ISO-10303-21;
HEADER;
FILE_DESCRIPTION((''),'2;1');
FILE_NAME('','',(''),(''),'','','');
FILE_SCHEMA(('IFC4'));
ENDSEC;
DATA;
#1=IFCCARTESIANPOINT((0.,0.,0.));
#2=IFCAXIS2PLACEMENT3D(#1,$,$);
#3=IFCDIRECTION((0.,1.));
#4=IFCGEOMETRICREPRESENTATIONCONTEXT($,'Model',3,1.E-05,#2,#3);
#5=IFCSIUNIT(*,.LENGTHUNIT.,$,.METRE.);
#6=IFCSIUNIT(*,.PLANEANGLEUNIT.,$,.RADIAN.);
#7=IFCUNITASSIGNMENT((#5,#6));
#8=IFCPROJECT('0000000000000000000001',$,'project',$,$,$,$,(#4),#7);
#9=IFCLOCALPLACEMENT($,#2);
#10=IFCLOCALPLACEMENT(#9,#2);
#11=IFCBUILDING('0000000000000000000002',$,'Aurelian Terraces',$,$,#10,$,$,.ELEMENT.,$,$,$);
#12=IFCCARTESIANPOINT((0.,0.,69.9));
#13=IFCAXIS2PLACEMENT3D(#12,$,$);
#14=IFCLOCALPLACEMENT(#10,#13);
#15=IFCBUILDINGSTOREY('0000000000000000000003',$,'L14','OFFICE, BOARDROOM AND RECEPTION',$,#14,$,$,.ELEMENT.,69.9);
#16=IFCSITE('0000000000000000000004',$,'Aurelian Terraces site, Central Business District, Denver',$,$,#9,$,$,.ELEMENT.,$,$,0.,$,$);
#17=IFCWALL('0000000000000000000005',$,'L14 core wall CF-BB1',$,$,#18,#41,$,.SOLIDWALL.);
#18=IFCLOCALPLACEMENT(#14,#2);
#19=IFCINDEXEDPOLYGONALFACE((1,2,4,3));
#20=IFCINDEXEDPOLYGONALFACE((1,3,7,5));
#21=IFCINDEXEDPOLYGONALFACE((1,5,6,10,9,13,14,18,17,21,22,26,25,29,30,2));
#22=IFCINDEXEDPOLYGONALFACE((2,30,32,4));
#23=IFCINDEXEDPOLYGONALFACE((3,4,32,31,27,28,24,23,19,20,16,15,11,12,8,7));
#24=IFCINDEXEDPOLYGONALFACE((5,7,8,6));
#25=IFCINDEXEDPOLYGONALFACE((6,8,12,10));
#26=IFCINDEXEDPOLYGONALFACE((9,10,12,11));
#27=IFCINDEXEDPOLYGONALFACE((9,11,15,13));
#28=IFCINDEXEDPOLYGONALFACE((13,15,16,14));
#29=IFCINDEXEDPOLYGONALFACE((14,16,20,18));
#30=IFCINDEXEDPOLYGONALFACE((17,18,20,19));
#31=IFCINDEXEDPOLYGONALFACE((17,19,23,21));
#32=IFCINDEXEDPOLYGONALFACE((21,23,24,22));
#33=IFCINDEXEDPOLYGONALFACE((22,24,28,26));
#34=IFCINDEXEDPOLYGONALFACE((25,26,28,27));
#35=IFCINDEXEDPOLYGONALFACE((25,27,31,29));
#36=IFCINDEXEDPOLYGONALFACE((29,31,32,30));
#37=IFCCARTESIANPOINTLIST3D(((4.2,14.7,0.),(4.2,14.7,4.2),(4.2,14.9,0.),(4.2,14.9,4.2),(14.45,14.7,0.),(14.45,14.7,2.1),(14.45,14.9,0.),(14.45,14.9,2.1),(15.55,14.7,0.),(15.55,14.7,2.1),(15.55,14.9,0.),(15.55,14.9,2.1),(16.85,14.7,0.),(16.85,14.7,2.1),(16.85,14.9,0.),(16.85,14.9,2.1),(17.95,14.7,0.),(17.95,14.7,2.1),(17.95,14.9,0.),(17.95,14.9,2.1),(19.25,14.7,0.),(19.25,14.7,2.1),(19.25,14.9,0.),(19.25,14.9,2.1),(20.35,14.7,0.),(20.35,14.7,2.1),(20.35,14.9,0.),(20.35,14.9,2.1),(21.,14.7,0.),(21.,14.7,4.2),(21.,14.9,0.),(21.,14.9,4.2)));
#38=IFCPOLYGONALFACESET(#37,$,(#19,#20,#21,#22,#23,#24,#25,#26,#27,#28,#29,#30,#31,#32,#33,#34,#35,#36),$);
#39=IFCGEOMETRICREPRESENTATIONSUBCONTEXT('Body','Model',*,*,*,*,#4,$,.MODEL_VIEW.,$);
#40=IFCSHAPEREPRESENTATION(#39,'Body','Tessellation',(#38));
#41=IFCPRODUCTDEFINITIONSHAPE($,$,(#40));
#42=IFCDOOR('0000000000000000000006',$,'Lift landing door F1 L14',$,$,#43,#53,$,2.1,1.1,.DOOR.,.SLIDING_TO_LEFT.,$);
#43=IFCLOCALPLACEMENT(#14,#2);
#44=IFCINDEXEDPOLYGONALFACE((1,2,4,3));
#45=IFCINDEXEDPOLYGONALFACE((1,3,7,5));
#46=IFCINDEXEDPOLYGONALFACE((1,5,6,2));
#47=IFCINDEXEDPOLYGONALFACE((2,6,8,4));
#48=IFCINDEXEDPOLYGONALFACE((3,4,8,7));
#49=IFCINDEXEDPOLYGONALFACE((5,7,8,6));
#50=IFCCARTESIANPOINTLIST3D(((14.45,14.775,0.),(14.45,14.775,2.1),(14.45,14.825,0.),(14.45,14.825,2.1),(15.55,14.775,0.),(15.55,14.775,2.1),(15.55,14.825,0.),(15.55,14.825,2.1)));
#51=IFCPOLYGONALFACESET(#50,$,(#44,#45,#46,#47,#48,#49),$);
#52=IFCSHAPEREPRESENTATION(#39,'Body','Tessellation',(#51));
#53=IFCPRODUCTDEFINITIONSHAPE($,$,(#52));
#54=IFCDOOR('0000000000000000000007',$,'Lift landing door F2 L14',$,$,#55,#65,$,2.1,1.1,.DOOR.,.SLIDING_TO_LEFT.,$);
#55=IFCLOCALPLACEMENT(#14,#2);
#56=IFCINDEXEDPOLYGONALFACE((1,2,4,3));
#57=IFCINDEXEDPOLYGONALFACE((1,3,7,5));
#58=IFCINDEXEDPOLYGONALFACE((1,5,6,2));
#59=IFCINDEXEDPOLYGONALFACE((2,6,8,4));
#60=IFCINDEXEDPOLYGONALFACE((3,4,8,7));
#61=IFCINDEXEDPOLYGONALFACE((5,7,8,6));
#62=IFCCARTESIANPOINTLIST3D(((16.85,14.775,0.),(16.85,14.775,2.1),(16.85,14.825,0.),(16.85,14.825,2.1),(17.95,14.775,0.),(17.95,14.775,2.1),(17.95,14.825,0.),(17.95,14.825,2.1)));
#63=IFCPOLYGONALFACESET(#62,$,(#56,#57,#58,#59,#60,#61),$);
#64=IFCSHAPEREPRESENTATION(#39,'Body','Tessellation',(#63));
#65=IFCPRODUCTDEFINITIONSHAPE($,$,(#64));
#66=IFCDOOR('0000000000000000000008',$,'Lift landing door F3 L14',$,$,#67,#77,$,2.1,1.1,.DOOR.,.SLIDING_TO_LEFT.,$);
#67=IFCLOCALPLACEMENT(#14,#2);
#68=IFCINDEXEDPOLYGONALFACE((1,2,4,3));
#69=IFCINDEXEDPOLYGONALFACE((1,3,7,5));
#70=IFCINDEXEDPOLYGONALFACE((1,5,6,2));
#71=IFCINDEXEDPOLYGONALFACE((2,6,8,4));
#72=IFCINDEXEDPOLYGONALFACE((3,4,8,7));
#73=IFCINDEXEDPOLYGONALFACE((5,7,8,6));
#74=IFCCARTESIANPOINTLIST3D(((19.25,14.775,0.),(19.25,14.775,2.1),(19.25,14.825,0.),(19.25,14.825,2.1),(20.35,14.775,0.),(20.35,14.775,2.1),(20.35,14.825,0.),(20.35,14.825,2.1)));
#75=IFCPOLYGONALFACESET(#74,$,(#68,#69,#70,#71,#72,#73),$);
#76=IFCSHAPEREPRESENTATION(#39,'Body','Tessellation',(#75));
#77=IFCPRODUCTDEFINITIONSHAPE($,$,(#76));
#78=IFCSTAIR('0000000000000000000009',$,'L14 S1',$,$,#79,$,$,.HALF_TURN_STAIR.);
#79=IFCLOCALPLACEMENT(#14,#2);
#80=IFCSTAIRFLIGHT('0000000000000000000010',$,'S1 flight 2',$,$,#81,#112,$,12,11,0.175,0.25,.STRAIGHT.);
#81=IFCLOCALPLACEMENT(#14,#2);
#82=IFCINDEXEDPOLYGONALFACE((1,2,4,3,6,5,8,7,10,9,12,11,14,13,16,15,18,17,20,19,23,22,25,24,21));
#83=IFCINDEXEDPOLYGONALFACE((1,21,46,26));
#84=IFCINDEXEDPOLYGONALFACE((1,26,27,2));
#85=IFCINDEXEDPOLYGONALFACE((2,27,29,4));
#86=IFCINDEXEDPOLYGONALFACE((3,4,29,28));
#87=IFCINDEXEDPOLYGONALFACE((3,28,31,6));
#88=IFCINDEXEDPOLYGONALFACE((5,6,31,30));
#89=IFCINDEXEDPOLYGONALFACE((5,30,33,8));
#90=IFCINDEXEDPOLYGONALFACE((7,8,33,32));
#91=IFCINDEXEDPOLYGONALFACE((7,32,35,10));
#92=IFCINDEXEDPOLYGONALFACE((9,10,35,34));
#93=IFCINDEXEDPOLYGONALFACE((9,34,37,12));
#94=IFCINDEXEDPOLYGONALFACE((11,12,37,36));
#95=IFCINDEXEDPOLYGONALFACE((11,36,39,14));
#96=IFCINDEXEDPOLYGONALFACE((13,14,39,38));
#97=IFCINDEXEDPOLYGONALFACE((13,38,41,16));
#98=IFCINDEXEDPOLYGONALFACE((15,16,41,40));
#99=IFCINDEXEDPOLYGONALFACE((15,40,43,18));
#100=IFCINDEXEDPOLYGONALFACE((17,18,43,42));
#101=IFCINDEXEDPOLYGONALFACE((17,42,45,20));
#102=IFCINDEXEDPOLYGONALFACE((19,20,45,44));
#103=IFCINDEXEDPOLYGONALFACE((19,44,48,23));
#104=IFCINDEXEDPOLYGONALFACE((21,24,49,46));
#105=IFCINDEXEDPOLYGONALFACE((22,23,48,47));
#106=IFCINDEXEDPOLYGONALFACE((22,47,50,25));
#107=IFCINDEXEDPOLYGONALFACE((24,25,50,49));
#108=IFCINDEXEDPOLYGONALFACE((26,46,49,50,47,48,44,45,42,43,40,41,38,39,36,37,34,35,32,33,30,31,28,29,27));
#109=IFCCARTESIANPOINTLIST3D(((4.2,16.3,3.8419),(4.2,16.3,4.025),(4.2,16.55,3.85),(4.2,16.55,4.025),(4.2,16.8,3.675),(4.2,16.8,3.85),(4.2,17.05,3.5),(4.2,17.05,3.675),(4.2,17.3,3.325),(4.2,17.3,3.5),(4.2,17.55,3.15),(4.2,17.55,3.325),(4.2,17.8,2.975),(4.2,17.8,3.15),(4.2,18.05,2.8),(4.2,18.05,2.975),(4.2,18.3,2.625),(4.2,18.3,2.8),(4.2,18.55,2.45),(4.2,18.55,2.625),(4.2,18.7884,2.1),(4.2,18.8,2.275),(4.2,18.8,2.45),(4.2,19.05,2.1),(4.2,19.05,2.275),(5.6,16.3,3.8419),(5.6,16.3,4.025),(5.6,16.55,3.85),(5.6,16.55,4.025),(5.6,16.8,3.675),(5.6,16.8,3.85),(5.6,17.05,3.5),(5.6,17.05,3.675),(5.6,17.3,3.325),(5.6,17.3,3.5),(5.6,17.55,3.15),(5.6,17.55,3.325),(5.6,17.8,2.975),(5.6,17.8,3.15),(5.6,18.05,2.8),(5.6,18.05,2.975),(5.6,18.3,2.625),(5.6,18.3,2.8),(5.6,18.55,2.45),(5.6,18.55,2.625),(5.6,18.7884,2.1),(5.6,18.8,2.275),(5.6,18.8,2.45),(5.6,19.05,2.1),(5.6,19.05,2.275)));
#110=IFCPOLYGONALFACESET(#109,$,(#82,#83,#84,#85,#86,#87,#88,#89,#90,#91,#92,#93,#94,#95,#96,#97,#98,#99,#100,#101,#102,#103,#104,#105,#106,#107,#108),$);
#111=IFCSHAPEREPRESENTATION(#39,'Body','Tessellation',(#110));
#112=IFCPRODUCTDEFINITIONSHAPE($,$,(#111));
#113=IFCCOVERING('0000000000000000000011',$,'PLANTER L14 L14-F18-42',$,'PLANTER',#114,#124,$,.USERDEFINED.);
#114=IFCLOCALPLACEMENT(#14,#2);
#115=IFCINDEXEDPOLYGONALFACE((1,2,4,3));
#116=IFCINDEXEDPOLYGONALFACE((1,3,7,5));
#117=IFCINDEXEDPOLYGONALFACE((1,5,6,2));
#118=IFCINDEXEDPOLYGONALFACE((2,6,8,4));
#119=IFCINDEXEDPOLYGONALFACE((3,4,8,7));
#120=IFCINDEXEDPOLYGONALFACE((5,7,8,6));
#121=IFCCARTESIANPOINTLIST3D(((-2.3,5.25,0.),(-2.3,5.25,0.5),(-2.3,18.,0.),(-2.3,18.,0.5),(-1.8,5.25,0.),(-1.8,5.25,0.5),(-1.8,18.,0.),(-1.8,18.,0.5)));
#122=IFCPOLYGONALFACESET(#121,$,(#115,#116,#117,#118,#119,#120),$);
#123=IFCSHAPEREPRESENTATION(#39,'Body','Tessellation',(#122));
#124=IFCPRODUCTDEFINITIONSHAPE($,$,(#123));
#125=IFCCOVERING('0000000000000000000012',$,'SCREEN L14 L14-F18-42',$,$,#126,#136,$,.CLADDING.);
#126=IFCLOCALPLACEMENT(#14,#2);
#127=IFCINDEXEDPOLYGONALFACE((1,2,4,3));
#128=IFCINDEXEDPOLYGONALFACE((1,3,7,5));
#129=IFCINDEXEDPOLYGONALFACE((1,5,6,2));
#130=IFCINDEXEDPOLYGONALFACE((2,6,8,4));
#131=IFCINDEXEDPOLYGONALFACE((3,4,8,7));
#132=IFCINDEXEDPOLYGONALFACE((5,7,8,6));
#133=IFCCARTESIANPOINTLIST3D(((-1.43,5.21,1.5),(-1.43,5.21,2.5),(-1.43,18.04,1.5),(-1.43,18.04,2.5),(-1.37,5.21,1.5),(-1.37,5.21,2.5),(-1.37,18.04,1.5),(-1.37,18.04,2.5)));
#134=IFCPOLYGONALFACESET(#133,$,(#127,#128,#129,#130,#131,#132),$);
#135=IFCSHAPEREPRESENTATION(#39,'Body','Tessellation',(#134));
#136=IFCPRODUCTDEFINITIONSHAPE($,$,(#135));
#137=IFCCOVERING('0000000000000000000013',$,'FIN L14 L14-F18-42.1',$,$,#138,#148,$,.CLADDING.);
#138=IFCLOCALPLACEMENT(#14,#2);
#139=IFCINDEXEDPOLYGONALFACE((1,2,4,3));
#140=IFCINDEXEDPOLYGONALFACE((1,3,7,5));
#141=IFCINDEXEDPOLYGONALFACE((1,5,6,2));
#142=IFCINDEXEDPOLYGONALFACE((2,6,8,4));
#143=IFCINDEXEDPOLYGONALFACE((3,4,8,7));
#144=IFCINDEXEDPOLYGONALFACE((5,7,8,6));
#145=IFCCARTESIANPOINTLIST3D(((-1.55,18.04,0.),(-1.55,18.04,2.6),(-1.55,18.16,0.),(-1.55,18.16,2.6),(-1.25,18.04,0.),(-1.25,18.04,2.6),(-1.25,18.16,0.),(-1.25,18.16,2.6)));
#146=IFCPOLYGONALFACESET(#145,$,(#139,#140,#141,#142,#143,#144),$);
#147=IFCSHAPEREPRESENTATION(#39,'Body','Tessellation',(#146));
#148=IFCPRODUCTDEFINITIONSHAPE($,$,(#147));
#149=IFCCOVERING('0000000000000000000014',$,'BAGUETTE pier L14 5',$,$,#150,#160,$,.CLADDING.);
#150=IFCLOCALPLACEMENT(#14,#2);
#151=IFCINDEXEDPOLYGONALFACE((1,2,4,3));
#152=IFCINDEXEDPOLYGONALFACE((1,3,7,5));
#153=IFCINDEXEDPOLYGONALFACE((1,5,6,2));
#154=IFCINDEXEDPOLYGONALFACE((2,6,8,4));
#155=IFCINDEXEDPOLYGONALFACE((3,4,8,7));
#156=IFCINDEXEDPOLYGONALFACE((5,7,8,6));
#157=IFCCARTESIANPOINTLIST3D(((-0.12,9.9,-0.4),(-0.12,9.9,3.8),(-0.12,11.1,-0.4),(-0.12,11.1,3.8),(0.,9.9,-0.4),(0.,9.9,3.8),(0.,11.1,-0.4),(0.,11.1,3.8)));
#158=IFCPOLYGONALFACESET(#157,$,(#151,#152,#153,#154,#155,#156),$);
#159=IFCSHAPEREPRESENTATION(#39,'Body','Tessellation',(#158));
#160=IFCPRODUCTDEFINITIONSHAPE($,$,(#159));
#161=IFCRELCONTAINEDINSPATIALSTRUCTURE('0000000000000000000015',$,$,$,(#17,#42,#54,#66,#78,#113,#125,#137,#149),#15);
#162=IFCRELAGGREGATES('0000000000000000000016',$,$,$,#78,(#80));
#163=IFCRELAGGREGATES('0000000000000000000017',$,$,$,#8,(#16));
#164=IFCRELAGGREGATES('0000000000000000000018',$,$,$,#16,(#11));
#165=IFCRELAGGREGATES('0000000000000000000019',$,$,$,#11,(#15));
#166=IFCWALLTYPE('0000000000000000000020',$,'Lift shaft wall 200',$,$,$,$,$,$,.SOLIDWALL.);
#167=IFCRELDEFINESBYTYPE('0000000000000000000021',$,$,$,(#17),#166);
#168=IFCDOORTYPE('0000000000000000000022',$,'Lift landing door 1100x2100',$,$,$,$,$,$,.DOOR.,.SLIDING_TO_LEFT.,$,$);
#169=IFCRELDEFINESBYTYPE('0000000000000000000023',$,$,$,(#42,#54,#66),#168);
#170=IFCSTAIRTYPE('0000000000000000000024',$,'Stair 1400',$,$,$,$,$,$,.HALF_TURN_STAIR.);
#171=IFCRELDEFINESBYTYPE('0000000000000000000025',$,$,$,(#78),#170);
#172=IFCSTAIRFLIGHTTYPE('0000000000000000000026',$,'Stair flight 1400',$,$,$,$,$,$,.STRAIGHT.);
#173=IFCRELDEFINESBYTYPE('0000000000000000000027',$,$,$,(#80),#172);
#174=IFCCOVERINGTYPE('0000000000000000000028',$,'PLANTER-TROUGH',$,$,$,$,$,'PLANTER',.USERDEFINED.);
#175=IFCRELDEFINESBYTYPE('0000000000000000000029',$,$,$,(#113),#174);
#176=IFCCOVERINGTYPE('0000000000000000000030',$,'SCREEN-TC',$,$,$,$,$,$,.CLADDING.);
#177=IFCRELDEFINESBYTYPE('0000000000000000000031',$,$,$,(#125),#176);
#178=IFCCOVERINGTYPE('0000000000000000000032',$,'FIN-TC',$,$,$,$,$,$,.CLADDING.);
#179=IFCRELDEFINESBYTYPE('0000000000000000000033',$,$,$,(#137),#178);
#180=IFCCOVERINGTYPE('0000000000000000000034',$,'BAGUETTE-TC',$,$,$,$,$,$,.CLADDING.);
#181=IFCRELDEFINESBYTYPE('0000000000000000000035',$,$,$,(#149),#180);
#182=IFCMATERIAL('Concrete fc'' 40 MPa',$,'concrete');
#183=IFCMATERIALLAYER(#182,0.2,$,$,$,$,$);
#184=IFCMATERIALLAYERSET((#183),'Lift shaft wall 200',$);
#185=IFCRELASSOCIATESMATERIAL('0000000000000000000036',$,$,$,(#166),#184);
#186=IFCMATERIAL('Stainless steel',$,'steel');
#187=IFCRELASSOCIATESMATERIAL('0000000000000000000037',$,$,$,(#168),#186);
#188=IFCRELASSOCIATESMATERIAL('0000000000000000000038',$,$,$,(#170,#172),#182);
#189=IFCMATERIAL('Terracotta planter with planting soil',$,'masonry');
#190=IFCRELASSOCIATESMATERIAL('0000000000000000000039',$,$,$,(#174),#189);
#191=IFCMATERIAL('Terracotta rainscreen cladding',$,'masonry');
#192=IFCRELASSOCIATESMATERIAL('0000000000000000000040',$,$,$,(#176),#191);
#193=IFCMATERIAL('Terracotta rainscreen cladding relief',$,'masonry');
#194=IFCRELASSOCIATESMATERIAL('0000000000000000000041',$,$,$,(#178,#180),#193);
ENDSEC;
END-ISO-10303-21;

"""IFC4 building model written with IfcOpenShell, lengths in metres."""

from ifc_helpers import new_model, si_unit, direction, frame, frame_2d, origin, origin_2d, place, context, subcontext, project, spatial, polyline, rectangle, outline, extrude, source, transform, mapped, material, layer, layer_set, type_object, element, fill, aggregate, save


model = new_model("IFC4")

# Units and contexts
model_context = context("Model", 3, precision=1e-05, world=origin(), true_north=direction((0.0, 1.0)))
body_context = subcontext(model_context, "Body", "Model", "MODEL_VIEW")
ifc_project = project(units=[si_unit("LENGTHUNIT", "METRE"), si_unit("PLANEANGLEUNIT", "RADIAN")], contexts=[model_context])

# Site, building, storey
site_placement = place(None, origin())
site = spatial("IfcSite", under=ifc_project, at=site_placement, Name="Aurelian Terraces site, Central Business District, Denver", CompositionType="ELEMENT", RefElevation=0.0)
building_placement = place(site_placement, origin())
building = spatial("IfcBuilding", under=site, at=building_placement, Name="Aurelian Terraces", CompositionType="ELEMENT")
storey_placement = place(building_placement, frame((0.0, 0.0, 69.9)))
storey = spatial("IfcBuildingStorey", under=building, at=storey_placement, Name="L14", Description="OFFICE, BOARDROOM AND RECEPTION", CompositionType="ELEMENT", Elevation=69.9)

# Shared definitions
ifc_material_1 = material(Name="Terracotta rainscreen cladding", Category="masonry")

# Wall, openings, doors
ifc_material_2 = material(Name="Concrete fc' 40 MPa", Category="concrete")
ifc_layer_1 = layer(ifc_material_2, 0.2)
ifc_layer_set_1 = layer_set([ifc_layer_1], Name="Lift shaft wall 200")
wall_type_1 = type_object("IfcWallType", Name="Lift shaft wall 200", PredefinedType="SOLIDWALL", material=ifc_layer_set_1)
shared_shape_1 = source(origin(), body_context, "Body", "SweptSolid", [
    extrude(rectangle(XDim=16.8, YDim=0.2, at=frame_2d((8.4, 0.0))), origin(), (0.0, 0.0, 1.0), 4.2),
])
shared_shape_2 = source(origin(), body_context, "Body", "SweptSolid", [
    extrude(rectangle(XDim=1.1, YDim=2.1, at=frame_2d((0.55, 1.05))), frame((0.0, 0.11, 0.0), z_axis=(0.0, -1.0, 0.0), x_axis=(1.0, 0.0, 0.0)), (0.0, 0.0, 1.0), 0.22),
])
ifc_material_3 = material(Name="Stainless steel", Category="steel")
door_type_1 = type_object("IfcDoorType", Name="Lift landing door 1100x2100", OperationType="SLIDING_TO_LEFT", PredefinedType="DOOR", material=ifc_material_3)
shared_shape_3 = source(origin(), body_context, "Body", "SweptSolid", [
    extrude(rectangle(XDim=1.1, YDim=2.1, at=frame_2d((0.55, 1.05))), frame((0.0, 0.025, 0.0), z_axis=(0.0, -1.0, 0.0), x_axis=(1.0, 0.0, 0.0)), (0.0, 0.0, 1.0), 0.05),
])
wall_1_placement = place(storey_placement, frame((4.2, 14.8, 0.0), z_axis=(0.0, 0.0, 1.0), x_axis=(1.0, 0.0, 0.0)))
wall_1 = element("IfcWall", 1, at=wall_1_placement, inside=storey, type_object=wall_type_1, Name="L14 core wall CF-BB1", PredefinedType="SOLIDWALL", context=body_context, shape_type="MappedRepresentation", body=[
    mapped(shared_shape_1, transform((0.0, 0.0, 0.0), scale=1.0)),
])
opening_1_placement = place(wall_1_placement, frame((10.25, 0.0, 0.0)))
opening_1 = element("IfcOpeningElement", 2, at=opening_1_placement, cuts=wall_1, PredefinedType="OPENING", context=body_context, shape_type="MappedRepresentation", body=[
    mapped(shared_shape_2, transform((0.0, 0.0, 0.0), scale=1.0)),
])
opening_2_placement = place(wall_1_placement, frame((12.65, 0.0, 0.0)))
opening_2 = element("IfcOpeningElement", 3, at=opening_2_placement, cuts=wall_1, PredefinedType="OPENING", context=body_context, shape_type="MappedRepresentation", body=[
    mapped(shared_shape_2, transform((0.0, 0.0, 0.0), scale=1.0)),
])
opening_3_placement = place(wall_1_placement, frame((15.05, 0.0, 0.0)))
opening_3 = element("IfcOpeningElement", 4, at=opening_3_placement, cuts=wall_1, PredefinedType="OPENING", context=body_context, shape_type="MappedRepresentation", body=[
    mapped(shared_shape_2, transform((0.0, 0.0, 0.0), scale=1.0)),
])
door_1_placement = place(opening_1_placement, origin())
door_1 = element("IfcDoor", 5, at=door_1_placement, inside=storey, type_object=door_type_1, Name="Lift landing door F1 L14", OperationType="SLIDING_TO_LEFT", OverallHeight=2.1, OverallWidth=1.1, PredefinedType="DOOR", context=body_context, shape_type="MappedRepresentation", body=[
    mapped(shared_shape_3, transform((0.0, 0.0, 0.0), scale=1.0)),
])
fill(opening_1, door_1)
door_2_placement = place(opening_2_placement, origin())
door_2 = element("IfcDoor", 6, at=door_2_placement, inside=storey, type_object=door_type_1, Name="Lift landing door F2 L14", OperationType="SLIDING_TO_LEFT", OverallHeight=2.1, OverallWidth=1.1, PredefinedType="DOOR", context=body_context, shape_type="MappedRepresentation", body=[
    mapped(shared_shape_3, transform((0.0, 0.0, 0.0), scale=1.0)),
])
fill(opening_2, door_2)
door_3_placement = place(opening_3_placement, origin())
door_3 = element("IfcDoor", 7, at=door_3_placement, inside=storey, type_object=door_type_1, Name="Lift landing door F3 L14", OperationType="SLIDING_TO_LEFT", OverallHeight=2.1, OverallWidth=1.1, PredefinedType="DOOR", context=body_context, shape_type="MappedRepresentation", body=[
    mapped(shared_shape_3, transform((0.0, 0.0, 0.0), scale=1.0)),
])
fill(opening_3, door_3)

# Stair, stair flight
stair_type = type_object("IfcStairType", Name="Stair 1400", PredefinedType="HALF_TURN_STAIR", material=ifc_material_2)
stair_placement = place(storey_placement, origin())
stair = element("IfcStair", 8, at=stair_placement, inside=storey, type_object=stair_type, Name="L14 S1", PredefinedType="HALF_TURN_STAIR")
stair_flight_type = type_object("IfcStairFlightType", Name="Stair flight 1400", PredefinedType="STRAIGHT", material=ifc_material_2)
shared_shape_4 = source(origin(), body_context, "Body", "SweptSolid", [
    extrude(outline(polyline([(0.0, 0.0), (0.0, 0.175), (0.25, 0.175), (0.25, 0.35), (0.5, 0.35), (0.5, 0.525), (0.75, 0.525), (0.75, 0.7), (1.0, 0.7), (1.0, 0.875), (1.25, 0.875), (1.25, 1.05), (1.5, 1.05), (1.5, 1.225), (1.75, 1.225), (1.75, 1.4), (2.0, 1.4), (2.0, 1.575), (2.25, 1.575), (2.25, 1.75), (2.5, 1.75), (2.5, 1.925), (2.75, 1.925), (2.75, 2.1), (2.75, 1.7419), (0.2616, 0.0), (0.0, 0.0)])), frame((0.0, 0.7, 0.0), z_axis=(0.0, -1.0, 0.0), x_axis=(1.0, 0.0, 0.0)), (0.0, 0.0, 1.0), 1.4),
])
stair_flight_placement = place(storey_placement, frame((4.9, 19.05, 2.1), z_axis=(0.0, 0.0, 1.0), x_axis=(0.0, -1.0, 0.0)))
stair_flight = element("IfcStairFlight", 9, at=stair_flight_placement, type_object=stair_flight_type, Name="S1 flight 2", NumberOfRisers=12, NumberOfTreads=11, PredefinedType="STRAIGHT", RiserHeight=0.175, TreadLength=0.25, context=body_context, shape_type="MappedRepresentation", body=[
    mapped(shared_shape_4, transform((0.0, 0.0, 0.0), scale=1.0)),
])
aggregate(stair, [stair_flight])

# Coverings
ifc_material_4 = material(Name="Terracotta planter with planting soil", Category="masonry")
covering_type_1 = type_object("IfcCoveringType", Name="PLANTER-TROUGH", ElementType="PLANTER", PredefinedType="USERDEFINED", material=ifc_material_4)
covering_1_placement = place(storey_placement, frame((-2.05, 11.625, 0.0), z_axis=(0.0, 0.0, 1.0), x_axis=(1.0, 0.0, 0.0)))
element("IfcCovering", 10, at=covering_1_placement, inside=storey, type_object=covering_type_1, Name="PLANTER L14 L14-F18-42", ObjectType="PLANTER", PredefinedType="USERDEFINED", context=body_context, shape_type="SweptSolid", body=[
    extrude(rectangle(XDim=0.5, YDim=12.75, at=origin_2d()), origin(), (0.0, 0.0, 1.0), 0.5),
])
covering_type_2 = type_object("IfcCoveringType", Name="SCREEN-TC", PredefinedType="CLADDING", material=ifc_material_1)
covering_2_placement = place(storey_placement, frame((-1.4, 11.625, 1.5), z_axis=(0.0, 0.0, 1.0), x_axis=(1.0, 0.0, 0.0)))
element("IfcCovering", 11, at=covering_2_placement, inside=storey, type_object=covering_type_2, Name="SCREEN L14 L14-F18-42", PredefinedType="CLADDING", context=body_context, shape_type="SweptSolid", body=[
    extrude(rectangle(XDim=0.06, YDim=12.83, at=origin_2d()), origin(), (0.0, 0.0, 1.0), 1.0),
])
ifc_material_5 = material(Name="Terracotta rainscreen cladding relief", Category="masonry")
covering_type_3 = type_object("IfcCoveringType", Name="FIN-TC", PredefinedType="CLADDING", material=ifc_material_5)
shared_shape_5 = source(origin(), body_context, "Body", "SweptSolid", [
    extrude(rectangle(XDim=0.3, YDim=0.12, at=origin_2d()), origin(), (0.0, 0.0, 1.0), 2.6),
])
covering_3_placement = place(storey_placement, frame((-1.4, 18.1, 0.0), z_axis=(0.0, 0.0, 1.0), x_axis=(1.0, 0.0, 0.0)))
element("IfcCovering", 12, at=covering_3_placement, inside=storey, type_object=covering_type_3, Name="FIN L14 L14-F18-42.1", PredefinedType="CLADDING", context=body_context, shape_type="MappedRepresentation", body=[
    mapped(shared_shape_5, transform((0.0, 0.0, 0.0), scale=1.0)),
])
covering_type_4 = type_object("IfcCoveringType", Name="BAGUETTE-TC", PredefinedType="CLADDING", material=ifc_material_5)
shared_shape_6 = source(origin(), body_context, "Body", "SweptSolid", [
    extrude(rectangle(XDim=0.12, YDim=1.2, at=origin_2d()), origin(), (0.0, 0.0, 1.0), 4.2),
])
covering_4_placement = place(storey_placement, frame((-0.06, 10.5, -0.4), z_axis=(0.0, 0.0, 1.0), x_axis=(1.0, 0.0, 0.0)))
element("IfcCovering", 13, at=covering_4_placement, inside=storey, type_object=covering_type_4, Name="BAGUETTE pier L14 5", PredefinedType="CLADDING", context=body_context, shape_type="MappedRepresentation", body=[
    mapped(shared_shape_6, transform((0.0, 0.0, 0.0), scale=1.0)),
])

save(model, "model.ifc")
